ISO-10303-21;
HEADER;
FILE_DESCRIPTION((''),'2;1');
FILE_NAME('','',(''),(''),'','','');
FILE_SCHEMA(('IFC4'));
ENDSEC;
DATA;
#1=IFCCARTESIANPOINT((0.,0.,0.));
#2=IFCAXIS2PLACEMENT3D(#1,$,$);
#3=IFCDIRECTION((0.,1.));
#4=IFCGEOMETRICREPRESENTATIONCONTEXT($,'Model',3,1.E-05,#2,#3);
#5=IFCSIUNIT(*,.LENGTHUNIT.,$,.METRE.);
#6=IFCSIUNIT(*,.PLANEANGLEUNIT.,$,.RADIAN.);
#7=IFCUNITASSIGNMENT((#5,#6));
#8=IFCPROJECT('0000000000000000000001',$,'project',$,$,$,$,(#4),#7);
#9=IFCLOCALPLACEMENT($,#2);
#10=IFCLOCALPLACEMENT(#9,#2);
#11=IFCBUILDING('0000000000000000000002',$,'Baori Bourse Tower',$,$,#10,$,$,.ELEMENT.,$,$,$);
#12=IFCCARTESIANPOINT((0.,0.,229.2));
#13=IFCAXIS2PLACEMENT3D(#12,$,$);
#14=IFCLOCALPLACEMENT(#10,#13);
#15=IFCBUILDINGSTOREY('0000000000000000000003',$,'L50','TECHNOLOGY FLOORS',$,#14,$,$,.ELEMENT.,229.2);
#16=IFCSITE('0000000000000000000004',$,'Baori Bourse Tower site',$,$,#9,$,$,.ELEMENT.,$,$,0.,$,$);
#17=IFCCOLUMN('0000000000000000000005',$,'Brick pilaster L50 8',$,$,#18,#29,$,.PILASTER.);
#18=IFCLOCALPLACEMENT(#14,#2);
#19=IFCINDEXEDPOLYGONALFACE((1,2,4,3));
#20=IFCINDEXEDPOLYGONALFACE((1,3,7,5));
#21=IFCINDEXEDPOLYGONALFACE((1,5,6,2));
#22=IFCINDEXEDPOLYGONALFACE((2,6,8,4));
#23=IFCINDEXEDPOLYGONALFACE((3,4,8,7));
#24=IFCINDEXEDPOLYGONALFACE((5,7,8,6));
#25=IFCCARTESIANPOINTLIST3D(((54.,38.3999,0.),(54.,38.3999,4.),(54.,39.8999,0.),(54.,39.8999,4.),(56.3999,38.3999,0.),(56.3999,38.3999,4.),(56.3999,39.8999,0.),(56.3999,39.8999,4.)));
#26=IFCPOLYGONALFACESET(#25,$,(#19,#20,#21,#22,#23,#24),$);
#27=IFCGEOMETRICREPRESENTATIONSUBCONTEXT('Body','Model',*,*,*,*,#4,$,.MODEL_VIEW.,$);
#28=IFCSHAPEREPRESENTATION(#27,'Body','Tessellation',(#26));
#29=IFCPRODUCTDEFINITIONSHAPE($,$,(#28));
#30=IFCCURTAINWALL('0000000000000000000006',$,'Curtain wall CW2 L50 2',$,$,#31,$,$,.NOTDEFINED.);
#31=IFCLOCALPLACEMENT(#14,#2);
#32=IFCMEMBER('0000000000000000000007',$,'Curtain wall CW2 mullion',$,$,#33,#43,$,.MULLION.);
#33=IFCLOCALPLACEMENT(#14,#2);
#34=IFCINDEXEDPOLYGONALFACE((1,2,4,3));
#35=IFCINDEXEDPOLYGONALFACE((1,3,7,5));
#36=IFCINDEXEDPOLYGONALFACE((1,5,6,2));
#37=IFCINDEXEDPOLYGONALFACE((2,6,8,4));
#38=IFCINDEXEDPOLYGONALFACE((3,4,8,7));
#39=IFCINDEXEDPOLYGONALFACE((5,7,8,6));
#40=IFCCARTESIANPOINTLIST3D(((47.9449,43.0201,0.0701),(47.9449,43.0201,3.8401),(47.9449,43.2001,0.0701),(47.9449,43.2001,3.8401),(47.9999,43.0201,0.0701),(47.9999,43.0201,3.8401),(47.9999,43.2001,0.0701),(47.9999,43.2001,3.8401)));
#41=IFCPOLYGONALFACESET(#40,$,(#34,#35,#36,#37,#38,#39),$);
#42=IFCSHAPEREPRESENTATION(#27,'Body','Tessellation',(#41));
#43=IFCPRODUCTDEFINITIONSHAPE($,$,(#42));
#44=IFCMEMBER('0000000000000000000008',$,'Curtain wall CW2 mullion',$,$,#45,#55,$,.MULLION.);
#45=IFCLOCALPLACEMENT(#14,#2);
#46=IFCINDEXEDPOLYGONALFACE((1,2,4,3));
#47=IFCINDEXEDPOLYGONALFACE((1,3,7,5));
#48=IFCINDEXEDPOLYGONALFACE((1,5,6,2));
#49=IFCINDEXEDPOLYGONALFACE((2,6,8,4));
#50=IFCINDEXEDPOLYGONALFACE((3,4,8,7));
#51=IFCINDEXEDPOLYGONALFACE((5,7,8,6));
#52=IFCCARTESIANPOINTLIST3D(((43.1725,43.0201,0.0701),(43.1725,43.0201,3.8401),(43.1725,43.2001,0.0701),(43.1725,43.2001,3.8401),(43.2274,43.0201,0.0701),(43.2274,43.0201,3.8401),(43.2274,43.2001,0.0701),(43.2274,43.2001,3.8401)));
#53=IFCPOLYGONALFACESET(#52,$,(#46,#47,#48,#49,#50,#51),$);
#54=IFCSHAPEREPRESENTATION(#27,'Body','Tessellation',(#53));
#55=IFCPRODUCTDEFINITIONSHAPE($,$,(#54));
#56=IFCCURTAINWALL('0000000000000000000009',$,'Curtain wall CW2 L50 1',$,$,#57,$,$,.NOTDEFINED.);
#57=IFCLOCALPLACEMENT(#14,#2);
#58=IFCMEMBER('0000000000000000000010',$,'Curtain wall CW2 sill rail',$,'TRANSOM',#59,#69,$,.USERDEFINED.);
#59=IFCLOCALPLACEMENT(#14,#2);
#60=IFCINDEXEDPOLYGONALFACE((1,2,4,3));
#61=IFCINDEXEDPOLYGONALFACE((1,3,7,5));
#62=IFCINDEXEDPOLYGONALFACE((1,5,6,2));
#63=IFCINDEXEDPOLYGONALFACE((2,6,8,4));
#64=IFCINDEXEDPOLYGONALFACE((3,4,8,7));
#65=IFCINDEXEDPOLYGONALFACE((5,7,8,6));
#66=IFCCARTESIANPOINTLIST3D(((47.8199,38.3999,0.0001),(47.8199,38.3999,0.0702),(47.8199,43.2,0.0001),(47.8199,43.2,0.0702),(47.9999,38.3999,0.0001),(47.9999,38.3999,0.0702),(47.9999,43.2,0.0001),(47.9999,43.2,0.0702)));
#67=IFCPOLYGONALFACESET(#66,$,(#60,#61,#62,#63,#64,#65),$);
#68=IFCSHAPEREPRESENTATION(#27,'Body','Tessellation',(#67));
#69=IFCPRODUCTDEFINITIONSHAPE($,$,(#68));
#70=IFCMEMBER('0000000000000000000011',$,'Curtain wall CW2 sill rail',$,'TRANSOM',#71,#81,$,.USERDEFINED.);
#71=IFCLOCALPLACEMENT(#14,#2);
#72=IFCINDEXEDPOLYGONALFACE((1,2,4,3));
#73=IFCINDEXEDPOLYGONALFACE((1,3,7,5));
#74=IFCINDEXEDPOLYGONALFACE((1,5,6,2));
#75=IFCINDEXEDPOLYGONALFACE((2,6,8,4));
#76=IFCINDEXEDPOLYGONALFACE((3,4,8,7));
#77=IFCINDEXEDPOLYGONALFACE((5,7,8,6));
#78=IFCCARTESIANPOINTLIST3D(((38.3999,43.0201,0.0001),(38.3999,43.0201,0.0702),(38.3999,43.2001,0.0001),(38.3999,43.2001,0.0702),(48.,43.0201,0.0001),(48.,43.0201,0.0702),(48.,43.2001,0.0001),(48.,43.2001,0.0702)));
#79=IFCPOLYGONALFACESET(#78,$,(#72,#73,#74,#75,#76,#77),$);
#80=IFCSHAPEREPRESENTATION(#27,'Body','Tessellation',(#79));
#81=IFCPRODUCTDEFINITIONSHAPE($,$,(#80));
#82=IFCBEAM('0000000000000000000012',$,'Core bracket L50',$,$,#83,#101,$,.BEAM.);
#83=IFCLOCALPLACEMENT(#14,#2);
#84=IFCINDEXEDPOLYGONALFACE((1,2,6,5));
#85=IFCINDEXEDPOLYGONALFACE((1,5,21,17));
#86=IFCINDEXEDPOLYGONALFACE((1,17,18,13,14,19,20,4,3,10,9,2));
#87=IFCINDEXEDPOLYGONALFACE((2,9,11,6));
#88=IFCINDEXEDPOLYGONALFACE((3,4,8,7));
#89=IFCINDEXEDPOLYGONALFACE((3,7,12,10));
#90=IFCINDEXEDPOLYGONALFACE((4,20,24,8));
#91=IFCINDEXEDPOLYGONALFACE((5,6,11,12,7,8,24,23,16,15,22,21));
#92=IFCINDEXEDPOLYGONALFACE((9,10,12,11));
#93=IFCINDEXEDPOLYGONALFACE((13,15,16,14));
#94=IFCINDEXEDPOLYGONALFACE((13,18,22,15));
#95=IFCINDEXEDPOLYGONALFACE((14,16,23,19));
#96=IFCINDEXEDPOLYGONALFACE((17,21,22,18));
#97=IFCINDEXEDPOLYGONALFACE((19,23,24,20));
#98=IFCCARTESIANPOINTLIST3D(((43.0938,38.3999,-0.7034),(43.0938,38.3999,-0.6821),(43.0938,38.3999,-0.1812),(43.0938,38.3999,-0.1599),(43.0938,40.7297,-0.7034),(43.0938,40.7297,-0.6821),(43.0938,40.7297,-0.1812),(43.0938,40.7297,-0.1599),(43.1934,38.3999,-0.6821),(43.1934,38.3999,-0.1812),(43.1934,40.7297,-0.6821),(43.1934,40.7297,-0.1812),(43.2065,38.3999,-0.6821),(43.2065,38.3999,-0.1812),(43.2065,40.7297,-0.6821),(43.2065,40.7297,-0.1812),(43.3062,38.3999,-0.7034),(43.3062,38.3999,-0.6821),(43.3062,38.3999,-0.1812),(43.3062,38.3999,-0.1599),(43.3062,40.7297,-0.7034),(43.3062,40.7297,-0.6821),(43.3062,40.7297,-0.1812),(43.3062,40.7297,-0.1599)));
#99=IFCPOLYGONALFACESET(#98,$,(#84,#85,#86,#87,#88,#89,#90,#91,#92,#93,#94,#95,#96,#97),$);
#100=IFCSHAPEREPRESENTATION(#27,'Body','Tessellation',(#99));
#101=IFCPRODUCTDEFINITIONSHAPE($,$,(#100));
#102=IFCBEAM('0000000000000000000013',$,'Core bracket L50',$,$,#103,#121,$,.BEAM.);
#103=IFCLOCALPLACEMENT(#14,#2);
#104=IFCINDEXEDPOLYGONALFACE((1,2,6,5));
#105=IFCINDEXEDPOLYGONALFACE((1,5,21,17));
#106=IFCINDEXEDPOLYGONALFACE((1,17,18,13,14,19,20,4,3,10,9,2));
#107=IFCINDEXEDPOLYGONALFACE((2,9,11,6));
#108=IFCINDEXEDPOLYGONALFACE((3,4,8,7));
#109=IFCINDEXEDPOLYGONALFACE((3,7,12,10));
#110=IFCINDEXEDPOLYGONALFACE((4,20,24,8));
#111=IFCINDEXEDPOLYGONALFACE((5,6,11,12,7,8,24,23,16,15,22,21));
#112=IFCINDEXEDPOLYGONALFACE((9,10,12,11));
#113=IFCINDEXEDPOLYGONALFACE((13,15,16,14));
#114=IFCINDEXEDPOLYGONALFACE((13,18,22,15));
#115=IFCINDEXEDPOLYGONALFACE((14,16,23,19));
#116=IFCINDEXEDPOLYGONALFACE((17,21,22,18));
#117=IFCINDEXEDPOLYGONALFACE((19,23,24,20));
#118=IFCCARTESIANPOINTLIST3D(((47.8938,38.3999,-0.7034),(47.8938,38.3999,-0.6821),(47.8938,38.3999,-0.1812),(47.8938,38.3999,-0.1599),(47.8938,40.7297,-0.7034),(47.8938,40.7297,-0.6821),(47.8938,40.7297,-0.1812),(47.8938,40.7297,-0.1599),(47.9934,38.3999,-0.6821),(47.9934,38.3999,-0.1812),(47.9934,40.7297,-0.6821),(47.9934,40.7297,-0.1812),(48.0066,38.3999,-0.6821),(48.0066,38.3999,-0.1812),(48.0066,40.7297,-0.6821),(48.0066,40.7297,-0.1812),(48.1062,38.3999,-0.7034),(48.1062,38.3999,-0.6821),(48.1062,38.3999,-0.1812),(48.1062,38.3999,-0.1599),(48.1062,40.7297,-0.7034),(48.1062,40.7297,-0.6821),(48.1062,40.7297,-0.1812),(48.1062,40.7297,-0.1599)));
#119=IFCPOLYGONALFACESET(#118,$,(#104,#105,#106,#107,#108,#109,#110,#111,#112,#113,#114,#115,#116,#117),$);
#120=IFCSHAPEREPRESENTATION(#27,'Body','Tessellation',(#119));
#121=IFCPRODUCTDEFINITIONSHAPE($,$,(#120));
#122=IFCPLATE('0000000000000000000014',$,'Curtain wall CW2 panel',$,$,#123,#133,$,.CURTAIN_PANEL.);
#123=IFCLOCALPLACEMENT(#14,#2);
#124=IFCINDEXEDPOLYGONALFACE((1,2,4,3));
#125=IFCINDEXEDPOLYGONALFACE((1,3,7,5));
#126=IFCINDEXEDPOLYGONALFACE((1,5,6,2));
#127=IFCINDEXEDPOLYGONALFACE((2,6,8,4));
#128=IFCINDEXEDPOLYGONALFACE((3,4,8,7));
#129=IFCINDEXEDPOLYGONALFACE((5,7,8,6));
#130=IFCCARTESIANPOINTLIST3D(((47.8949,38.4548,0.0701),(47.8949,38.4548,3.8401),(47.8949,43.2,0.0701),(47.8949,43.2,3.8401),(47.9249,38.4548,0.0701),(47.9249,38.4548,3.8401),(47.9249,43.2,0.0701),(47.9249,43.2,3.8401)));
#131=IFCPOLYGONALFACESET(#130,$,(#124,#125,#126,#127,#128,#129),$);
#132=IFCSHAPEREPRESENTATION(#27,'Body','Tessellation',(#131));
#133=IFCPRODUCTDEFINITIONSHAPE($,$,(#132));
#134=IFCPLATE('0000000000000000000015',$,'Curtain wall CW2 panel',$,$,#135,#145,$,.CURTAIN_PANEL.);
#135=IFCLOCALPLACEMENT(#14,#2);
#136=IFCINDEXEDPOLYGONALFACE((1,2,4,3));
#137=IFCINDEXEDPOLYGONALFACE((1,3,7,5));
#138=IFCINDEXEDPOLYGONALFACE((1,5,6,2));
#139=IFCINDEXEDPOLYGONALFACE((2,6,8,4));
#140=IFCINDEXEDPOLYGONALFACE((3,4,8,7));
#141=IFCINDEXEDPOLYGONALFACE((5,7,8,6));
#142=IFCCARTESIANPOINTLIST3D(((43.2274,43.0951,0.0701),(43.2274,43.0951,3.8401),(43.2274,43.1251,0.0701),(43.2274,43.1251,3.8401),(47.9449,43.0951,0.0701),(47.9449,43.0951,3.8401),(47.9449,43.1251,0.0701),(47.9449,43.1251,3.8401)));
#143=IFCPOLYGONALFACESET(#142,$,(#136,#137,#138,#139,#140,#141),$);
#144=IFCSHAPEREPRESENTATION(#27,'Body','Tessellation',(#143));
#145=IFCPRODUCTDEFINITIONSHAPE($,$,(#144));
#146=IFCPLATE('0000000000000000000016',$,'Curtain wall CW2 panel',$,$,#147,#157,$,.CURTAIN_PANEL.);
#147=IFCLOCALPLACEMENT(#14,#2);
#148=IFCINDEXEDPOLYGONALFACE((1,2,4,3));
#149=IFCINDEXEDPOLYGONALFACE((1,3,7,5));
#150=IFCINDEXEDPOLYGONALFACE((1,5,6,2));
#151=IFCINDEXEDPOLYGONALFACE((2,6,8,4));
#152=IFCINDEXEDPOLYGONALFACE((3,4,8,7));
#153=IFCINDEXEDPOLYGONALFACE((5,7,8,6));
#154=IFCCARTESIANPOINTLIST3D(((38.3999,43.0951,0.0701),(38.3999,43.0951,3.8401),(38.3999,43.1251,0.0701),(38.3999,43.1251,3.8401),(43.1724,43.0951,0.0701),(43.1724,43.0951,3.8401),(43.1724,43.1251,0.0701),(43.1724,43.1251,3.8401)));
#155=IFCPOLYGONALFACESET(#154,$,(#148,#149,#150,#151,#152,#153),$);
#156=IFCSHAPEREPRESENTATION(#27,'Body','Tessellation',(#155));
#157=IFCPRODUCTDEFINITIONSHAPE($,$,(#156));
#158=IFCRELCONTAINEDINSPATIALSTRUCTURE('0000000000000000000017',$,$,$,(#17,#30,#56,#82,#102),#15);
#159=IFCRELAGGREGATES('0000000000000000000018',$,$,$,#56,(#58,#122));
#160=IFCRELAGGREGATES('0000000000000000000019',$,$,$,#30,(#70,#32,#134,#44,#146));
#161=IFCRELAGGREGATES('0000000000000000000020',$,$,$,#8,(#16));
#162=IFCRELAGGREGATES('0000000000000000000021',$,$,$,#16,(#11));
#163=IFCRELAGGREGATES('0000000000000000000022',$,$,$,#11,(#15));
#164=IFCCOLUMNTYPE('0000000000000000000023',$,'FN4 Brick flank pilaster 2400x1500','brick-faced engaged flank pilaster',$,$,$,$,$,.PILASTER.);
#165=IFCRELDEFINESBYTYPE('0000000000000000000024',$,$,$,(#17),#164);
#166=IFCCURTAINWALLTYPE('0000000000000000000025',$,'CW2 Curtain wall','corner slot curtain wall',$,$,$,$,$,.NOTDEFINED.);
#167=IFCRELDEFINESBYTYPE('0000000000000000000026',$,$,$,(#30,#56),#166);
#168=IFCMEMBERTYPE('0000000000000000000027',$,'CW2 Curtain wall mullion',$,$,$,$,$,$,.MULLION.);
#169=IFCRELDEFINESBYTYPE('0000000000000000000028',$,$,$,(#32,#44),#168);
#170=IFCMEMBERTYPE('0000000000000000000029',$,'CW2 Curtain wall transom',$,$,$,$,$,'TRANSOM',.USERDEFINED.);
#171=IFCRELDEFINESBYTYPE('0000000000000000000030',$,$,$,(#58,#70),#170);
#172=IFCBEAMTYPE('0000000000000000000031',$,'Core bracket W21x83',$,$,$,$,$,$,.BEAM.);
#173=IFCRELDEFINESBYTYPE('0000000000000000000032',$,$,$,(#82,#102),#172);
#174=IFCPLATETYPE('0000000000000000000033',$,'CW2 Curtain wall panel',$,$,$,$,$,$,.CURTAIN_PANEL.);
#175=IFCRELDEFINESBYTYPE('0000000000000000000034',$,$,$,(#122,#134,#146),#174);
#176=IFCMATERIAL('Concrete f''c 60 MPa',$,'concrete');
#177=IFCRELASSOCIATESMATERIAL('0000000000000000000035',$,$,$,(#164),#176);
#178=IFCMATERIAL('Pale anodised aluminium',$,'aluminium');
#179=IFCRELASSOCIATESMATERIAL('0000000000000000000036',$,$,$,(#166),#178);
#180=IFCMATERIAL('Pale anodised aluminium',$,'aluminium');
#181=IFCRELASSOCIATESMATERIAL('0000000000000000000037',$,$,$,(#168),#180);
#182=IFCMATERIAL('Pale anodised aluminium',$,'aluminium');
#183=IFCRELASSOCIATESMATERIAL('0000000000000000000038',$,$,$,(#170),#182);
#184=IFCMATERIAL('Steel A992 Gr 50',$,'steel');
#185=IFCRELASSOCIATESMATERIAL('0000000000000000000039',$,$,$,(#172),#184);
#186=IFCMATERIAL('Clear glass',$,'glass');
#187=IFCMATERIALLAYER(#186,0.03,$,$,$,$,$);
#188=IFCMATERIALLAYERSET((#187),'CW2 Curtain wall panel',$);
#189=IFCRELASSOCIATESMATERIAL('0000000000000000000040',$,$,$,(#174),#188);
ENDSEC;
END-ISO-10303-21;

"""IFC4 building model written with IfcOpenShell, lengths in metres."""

from ifc_helpers import new_model, si_unit, direction, frame, origin, origin_2d, place, context, subcontext, project, spatial, rectangle, i_section, extrude, material, layer, layer_set, material_profile, profile_set, type_object, element, aggregate, save


model = new_model("IFC4")

# Units and contexts
model_context = context("Model", 3, precision=1e-05, world=origin(), true_north=direction((0.0, 1.0)))
body_context = subcontext(model_context, "Body", "Model", "MODEL_VIEW")
ifc_project = project(units=[si_unit("LENGTHUNIT", "METRE"), si_unit("PLANEANGLEUNIT", "RADIAN")], contexts=[model_context])

# Site, building, storey
site_placement = place(None, origin())
site = spatial("IfcSite", under=ifc_project, at=site_placement, Name="Baori Bourse Tower site", CompositionType="ELEMENT", RefElevation=0.0)
building_placement = place(site_placement, origin())
building = spatial("IfcBuilding", under=site, at=building_placement, Name="Baori Bourse Tower", CompositionType="ELEMENT")
storey_placement = place(building_placement, frame((0.0, 0.0, 229.2)))
storey = spatial("IfcBuildingStorey", under=building, at=storey_placement, Name="L50", Description="TECHNOLOGY FLOORS", CompositionType="ELEMENT", Elevation=229.2)

# Column
ifc_material_1 = material(Name="Concrete f'c 60 MPa", Category="concrete")
ifc_material_profile_1 = material_profile(ifc_material_1, rectangle(XDim=2.3999, YDim=1.5, at=origin_2d()), Name="RC 2400x1500")
ifc_profile_set_1 = profile_set([ifc_material_profile_1], Name="Concrete f'c 60 MPa")
column_type = type_object("IfcColumnType", Name="FN4 Brick flank pilaster 2400x1500", Description="brick-faced engaged flank pilaster", PredefinedType="PILASTER", material=ifc_profile_set_1)
column_placement = place(storey_placement, frame((55.2, 39.1499, 0.0), z_axis=(0.0, 0.0, 1.0), x_axis=(1.0, 0.0, 0.0)))
element("IfcColumn", 1, at=column_placement, inside=storey, type_object=column_type, Name="Brick pilaster L50 8", PredefinedType="PILASTER", context=body_context, shape_type="SweptSolid", body=[
    extrude(rectangle(XDim=2.3999, YDim=1.5, at=origin_2d()), origin(), (0.0, 0.0, 1.0), 4.0),
])

# Curtain wall, members
ifc_material_2 = material(Name="Pale anodised aluminium", Category="aluminium")
curtain_wall_type = type_object("IfcCurtainWallType", Name="CW2 Curtain wall", Description="corner slot curtain wall", PredefinedType="NOTDEFINED", material=ifc_material_2)
curtain_wall_1_placement = place(storey_placement, origin())
curtain_wall_1 = element("IfcCurtainWall", 2, at=curtain_wall_1_placement, inside=storey, type_object=curtain_wall_type, Name="Curtain wall CW2 L50 2", PredefinedType="NOTDEFINED")
ifc_material_3 = material(Name="Pale anodised aluminium", Category="aluminium")
ifc_material_profile_2 = material_profile(ifc_material_3, rectangle(XDim=0.1799, YDim=0.0549, at=origin_2d()), Name="Mullion 55x180")
ifc_profile_set_2 = profile_set([ifc_material_profile_2], Name="Pale anodised aluminium")
member_type_1 = type_object("IfcMemberType", Name="CW2 Curtain wall mullion", PredefinedType="MULLION", material=ifc_profile_set_2)
member_1_placement = place(storey_placement, frame((47.9724, 43.1101, 0.0701), z_axis=(0.0, 0.0, 1.0), x_axis=(0.0, -1.0, 0.0)))
member_1 = element("IfcMember", 3, at=member_1_placement, type_object=member_type_1, Name="Curtain wall CW2 mullion", PredefinedType="MULLION", context=body_context, shape_type="SweptSolid", body=[
    extrude(rectangle(XDim=0.1799, YDim=0.0549, at=origin_2d()), origin(), (0.0, 0.0, 1.0), 3.77),
])
member_2_placement = place(storey_placement, frame((43.2, 43.1101, 0.0701), z_axis=(0.0, 0.0, 1.0), x_axis=(0.0, -1.0, 0.0)))
member_2 = element("IfcMember", 4, at=member_2_placement, type_object=member_type_1, Name="Curtain wall CW2 mullion", PredefinedType="MULLION", context=body_context, shape_type="SweptSolid", body=[
    extrude(rectangle(XDim=0.1799, YDim=0.0549, at=origin_2d()), origin(), (0.0, 0.0, 1.0), 3.77),
])

# Curtain wall, member
curtain_wall_2_placement = place(storey_placement, origin())
curtain_wall_2 = element("IfcCurtainWall", 5, at=curtain_wall_2_placement, inside=storey, type_object=curtain_wall_type, Name="Curtain wall CW2 L50 1", PredefinedType="NOTDEFINED")
ifc_material_4 = material(Name="Pale anodised aluminium", Category="aluminium")
ifc_material_profile_3 = material_profile(ifc_material_4, rectangle(XDim=0.1799, YDim=0.0701, at=origin_2d()), Name="Transom 70x180")
ifc_profile_set_3 = profile_set([ifc_material_profile_3], Name="Pale anodised aluminium")
member_type_2 = type_object("IfcMemberType", Name="CW2 Curtain wall transom", ElementType="TRANSOM", PredefinedType="USERDEFINED", material=ifc_profile_set_3)
member_3_placement = place(storey_placement, frame((47.9099, 38.3999, 0.0352), z_axis=(0.0, 1.0, 0.0), x_axis=(-1.0, 0.0, 0.0)))
member_3 = element("IfcMember", 6, at=member_3_placement, type_object=member_type_2, Name="Curtain wall CW2 sill rail", ObjectType="TRANSOM", PredefinedType="USERDEFINED", context=body_context, shape_type="SweptSolid", body=[
    extrude(rectangle(XDim=0.1799, YDim=0.0701, at=origin_2d()), origin(), (0.0, 0.0, 1.0), 4.8),
])

# Member
member_4_placement = place(storey_placement, frame((48.0, 43.1101, 0.0352), z_axis=(-1.0, 0.0, 0.0), x_axis=(0.0, -1.0, 0.0)))
member_4 = element("IfcMember", 7, at=member_4_placement, type_object=member_type_2, Name="Curtain wall CW2 sill rail", ObjectType="TRANSOM", PredefinedType="USERDEFINED", context=body_context, shape_type="SweptSolid", body=[
    extrude(rectangle(XDim=0.1799, YDim=0.0701, at=origin_2d()), origin(), (0.0, 0.0, 1.0), 9.6001),
])

# Beams
ifc_material_5 = material(Name="Steel A992 Gr 50", Category="steel")
ifc_material_profile_4 = material_profile(ifc_material_5, i_section(OverallWidth=0.2124, OverallDepth=0.5435, WebThickness=0.0132, FlangeThickness=0.0212, at=origin_2d()), Name="W21x83")
ifc_profile_set_4 = profile_set([ifc_material_profile_4], Name="Steel A992 Gr 50")
beam_type = type_object("IfcBeamType", Name="Core bracket W21x83", PredefinedType="BEAM", material=ifc_profile_set_4)
for number, where, z_axis, x_axis, name in (
    (8, (43.2, 38.3999, -0.4316), (0.0, 1.0, 0.0), (-1.0, 0.0, 0.0), "Core bracket L50"),
    (9, (48.0, 38.3999, -0.4316), (0.0, 1.0, 0.0), (-1.0, 0.0, 0.0), "Core bracket L50"),
):
    element("IfcBeam", number, at=place(storey_placement, frame(where, z_axis=z_axis, x_axis=x_axis)), inside=storey, type_object=beam_type, Name=name, PredefinedType="BEAM", context=body_context, shape_type="SweptSolid", body=[
        extrude(i_section(OverallWidth=0.2124, OverallDepth=0.5435, WebThickness=0.0132, FlangeThickness=0.0212, at=origin_2d()), origin(), (0.0, 0.0, 1.0), 2.3298),
    ])

# Plates
ifc_material_6 = material(Name="Clear glass", Category="glass")
ifc_layer_1 = layer(ifc_material_6, 0.03)
ifc_layer_set_1 = layer_set([ifc_layer_1], Name="CW2 Curtain wall panel")
plate_type = type_object("IfcPlateType", Name="CW2 Curtain wall panel", PredefinedType="CURTAIN_PANEL", material=ifc_layer_set_1)
plate_1_placement = place(storey_placement, frame((47.9099, 40.8274, 0.0701), z_axis=(0.0, 0.0, 1.0), x_axis=(0.0, 1.0, 0.0)))
plate_1 = element("IfcPlate", 10, at=plate_1_placement, type_object=plate_type, Name="Curtain wall CW2 panel", PredefinedType="CURTAIN_PANEL", context=body_context, shape_type="SweptSolid", body=[
    extrude(rectangle(XDim=4.7451, YDim=0.03, at=origin_2d()), origin(), (0.0, 0.0, 1.0), 3.77),
])
aggregate(curtain_wall_2, [member_3, plate_1])
plate_2_placement = place(storey_placement, frame((45.5862, 43.1101, 0.0701), z_axis=(0.0, 0.0, 1.0), x_axis=(-1.0, 0.0, 0.0)))
plate_2 = element("IfcPlate", 11, at=plate_2_placement, type_object=plate_type, Name="Curtain wall CW2 panel", PredefinedType="CURTAIN_PANEL", context=body_context, shape_type="SweptSolid", body=[
    extrude(rectangle(XDim=4.7175, YDim=0.03, at=origin_2d()), origin(), (0.0, 0.0, 1.0), 3.77),
])
plate_3_placement = place(storey_placement, frame((40.7861, 43.1101, 0.0701), z_axis=(0.0, 0.0, 1.0), x_axis=(-1.0, 0.0, 0.0)))
plate_3 = element("IfcPlate", 12, at=plate_3_placement, type_object=plate_type, Name="Curtain wall CW2 panel", PredefinedType="CURTAIN_PANEL", context=body_context, shape_type="SweptSolid", body=[
    extrude(rectangle(XDim=4.7725, YDim=0.03, at=origin_2d()), origin(), (0.0, 0.0, 1.0), 3.77),
])
aggregate(curtain_wall_1, [member_4, member_1, plate_2, member_2, plate_3])

save(model, "model.ifc")
